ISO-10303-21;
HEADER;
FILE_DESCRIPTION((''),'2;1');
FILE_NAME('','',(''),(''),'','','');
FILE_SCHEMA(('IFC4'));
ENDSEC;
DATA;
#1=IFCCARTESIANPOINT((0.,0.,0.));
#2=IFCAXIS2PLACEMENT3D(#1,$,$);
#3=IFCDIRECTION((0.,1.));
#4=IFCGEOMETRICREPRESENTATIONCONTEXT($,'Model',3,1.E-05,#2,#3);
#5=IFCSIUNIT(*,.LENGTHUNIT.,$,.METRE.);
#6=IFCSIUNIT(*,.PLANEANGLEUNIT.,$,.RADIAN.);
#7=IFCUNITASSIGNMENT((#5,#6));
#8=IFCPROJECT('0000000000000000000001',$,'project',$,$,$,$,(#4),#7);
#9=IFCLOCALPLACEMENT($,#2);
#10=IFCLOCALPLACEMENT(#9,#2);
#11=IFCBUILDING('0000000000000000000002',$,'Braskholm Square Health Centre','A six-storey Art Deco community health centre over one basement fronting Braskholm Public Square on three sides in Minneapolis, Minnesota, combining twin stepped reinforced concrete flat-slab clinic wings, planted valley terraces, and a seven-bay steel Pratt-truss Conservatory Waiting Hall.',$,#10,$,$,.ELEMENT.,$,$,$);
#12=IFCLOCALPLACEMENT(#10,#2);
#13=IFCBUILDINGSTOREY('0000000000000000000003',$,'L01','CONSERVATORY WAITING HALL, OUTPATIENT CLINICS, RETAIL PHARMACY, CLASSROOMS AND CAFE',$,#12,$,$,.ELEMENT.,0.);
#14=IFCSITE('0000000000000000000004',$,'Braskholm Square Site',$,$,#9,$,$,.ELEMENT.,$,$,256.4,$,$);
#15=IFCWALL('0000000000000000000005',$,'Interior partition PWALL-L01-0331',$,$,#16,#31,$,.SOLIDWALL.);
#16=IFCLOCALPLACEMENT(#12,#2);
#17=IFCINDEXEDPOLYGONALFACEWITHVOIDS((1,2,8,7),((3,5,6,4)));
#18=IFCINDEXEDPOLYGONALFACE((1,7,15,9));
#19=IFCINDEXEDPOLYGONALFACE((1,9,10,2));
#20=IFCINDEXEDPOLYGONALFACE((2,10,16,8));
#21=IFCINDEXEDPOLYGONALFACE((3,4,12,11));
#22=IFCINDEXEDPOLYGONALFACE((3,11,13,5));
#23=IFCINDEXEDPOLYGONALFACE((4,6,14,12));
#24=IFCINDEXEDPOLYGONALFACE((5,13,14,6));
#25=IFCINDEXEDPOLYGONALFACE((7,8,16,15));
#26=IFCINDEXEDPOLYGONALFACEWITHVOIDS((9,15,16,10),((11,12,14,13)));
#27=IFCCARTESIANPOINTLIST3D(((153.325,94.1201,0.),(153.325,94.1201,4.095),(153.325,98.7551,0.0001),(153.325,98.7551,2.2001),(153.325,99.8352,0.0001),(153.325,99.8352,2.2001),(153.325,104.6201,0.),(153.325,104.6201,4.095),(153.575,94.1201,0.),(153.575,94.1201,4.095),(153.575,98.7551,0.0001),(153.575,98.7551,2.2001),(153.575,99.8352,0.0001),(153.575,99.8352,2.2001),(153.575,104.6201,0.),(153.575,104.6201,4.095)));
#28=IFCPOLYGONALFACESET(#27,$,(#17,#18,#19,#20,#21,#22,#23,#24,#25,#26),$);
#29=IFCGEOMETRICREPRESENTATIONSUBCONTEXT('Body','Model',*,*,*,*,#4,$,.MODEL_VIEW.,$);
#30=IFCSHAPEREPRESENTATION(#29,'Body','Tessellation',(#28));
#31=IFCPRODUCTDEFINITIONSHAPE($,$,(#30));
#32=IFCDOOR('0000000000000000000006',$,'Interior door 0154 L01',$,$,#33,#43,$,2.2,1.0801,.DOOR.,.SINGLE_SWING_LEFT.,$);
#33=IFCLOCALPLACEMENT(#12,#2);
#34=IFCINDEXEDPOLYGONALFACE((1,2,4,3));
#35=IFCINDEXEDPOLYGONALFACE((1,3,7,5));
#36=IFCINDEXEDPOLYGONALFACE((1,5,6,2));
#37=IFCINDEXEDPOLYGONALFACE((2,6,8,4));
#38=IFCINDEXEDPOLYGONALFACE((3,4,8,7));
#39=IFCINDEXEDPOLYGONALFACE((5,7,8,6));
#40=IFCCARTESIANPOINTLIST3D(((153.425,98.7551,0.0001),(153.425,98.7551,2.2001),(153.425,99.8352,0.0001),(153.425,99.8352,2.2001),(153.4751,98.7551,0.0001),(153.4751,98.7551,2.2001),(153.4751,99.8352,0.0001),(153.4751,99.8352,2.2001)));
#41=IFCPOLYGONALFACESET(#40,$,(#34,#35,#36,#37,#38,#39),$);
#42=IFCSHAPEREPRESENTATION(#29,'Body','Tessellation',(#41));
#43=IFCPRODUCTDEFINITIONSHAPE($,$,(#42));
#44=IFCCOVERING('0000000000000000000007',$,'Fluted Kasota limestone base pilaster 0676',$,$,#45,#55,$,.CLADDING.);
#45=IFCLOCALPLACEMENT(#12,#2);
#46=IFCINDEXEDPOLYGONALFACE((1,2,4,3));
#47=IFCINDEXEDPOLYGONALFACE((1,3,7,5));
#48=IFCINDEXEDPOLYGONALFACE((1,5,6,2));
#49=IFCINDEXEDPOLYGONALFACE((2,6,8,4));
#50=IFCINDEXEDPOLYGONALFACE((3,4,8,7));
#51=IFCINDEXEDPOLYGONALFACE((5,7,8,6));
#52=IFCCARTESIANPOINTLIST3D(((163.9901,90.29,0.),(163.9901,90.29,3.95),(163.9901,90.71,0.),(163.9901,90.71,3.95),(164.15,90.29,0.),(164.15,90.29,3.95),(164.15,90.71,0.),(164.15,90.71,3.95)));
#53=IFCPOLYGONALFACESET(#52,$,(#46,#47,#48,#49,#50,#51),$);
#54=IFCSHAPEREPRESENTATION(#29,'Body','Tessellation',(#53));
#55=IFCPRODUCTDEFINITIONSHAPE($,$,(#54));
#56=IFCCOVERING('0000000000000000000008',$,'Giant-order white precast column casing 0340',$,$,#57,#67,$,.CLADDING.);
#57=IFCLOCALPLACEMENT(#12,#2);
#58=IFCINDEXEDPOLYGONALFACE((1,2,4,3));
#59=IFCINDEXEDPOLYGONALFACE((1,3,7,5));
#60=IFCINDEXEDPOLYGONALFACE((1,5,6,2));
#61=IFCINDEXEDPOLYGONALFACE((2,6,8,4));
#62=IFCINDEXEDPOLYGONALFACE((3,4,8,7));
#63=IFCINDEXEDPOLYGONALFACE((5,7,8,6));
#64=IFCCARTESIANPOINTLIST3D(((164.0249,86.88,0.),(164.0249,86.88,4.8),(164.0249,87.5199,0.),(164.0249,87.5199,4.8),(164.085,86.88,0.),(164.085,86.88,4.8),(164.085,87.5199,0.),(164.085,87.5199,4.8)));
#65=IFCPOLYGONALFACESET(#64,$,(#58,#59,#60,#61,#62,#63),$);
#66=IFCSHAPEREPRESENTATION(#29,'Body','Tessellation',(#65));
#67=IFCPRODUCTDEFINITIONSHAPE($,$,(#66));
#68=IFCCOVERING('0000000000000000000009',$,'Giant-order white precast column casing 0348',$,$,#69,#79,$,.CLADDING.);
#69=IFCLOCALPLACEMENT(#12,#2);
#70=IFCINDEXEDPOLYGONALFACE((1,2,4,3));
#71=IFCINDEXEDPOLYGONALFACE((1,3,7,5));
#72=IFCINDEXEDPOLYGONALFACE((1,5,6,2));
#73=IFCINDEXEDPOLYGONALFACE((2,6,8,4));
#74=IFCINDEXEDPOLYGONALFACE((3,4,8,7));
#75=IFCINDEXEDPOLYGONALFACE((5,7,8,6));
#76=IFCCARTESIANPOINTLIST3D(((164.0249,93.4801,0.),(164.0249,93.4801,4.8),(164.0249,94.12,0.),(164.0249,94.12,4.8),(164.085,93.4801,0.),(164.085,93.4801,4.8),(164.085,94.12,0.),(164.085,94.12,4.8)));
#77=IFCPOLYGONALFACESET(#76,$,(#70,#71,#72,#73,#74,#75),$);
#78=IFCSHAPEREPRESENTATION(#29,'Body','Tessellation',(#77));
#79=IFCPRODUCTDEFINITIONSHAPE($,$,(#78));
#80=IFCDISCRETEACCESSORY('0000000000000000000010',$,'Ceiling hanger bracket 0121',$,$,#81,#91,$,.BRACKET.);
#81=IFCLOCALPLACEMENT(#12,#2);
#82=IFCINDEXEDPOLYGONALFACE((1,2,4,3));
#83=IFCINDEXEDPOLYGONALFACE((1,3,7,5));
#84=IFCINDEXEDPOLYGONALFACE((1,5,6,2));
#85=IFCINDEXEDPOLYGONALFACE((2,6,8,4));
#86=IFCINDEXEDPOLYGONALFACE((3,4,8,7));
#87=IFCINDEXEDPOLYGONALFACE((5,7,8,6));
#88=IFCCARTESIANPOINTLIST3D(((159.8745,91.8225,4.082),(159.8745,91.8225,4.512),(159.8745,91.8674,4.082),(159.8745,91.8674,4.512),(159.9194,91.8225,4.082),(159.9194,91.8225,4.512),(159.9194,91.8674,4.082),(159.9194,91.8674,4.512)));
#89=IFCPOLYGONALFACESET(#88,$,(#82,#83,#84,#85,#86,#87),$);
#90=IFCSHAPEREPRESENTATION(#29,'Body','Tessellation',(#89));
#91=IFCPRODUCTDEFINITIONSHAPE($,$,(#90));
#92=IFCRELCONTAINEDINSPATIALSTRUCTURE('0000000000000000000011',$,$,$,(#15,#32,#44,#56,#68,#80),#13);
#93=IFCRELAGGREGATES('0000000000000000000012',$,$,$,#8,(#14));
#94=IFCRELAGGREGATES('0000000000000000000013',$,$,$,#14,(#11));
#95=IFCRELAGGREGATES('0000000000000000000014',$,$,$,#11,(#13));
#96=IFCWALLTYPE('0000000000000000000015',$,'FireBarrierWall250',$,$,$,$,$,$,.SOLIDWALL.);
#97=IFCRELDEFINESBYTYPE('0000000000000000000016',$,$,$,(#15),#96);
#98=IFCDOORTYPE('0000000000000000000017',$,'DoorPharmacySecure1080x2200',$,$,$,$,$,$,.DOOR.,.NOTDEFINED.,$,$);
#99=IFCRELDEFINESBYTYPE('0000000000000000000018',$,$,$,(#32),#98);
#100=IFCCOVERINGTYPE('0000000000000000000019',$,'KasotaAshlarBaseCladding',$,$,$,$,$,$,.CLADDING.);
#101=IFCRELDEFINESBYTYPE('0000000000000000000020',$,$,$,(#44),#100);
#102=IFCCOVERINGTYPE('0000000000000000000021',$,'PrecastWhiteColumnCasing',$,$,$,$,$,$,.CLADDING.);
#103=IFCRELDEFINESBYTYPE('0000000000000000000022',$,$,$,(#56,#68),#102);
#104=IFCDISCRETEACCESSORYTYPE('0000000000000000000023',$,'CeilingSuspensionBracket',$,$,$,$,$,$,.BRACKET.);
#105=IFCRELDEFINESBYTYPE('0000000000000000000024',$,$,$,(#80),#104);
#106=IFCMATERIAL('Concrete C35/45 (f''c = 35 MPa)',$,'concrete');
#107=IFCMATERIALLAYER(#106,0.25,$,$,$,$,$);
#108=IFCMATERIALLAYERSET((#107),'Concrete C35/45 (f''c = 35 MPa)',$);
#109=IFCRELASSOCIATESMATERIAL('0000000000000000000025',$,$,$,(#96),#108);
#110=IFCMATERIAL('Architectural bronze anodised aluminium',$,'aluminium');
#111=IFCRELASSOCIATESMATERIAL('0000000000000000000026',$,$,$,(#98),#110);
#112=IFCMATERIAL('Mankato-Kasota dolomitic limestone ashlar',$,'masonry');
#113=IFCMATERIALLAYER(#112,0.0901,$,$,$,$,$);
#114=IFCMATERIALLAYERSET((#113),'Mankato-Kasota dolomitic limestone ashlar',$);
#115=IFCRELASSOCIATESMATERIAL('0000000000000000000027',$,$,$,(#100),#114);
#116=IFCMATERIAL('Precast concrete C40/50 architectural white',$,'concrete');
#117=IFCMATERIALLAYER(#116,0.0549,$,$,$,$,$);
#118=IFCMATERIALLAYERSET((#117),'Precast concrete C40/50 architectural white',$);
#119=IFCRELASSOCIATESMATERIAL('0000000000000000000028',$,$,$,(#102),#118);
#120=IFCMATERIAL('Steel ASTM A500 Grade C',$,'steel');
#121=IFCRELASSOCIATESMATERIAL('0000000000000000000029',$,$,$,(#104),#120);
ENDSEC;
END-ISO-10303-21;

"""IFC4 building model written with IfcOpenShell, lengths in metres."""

from ifc_helpers import new_model, si_unit, direction, frame, frame_2d, origin, origin_with_axes, origin_2d, place, context, subcontext, project, spatial, rectangle, extrude, material, layer, layer_set, type_object, element, fill, save


model = new_model("IFC4")

# Units and contexts
model_context = context("Model", 3, precision=1e-05, world=origin(), true_north=direction((0.0, 1.0)))
body_context = subcontext(model_context, "Body", "Model", "MODEL_VIEW")
ifc_project = project(units=[si_unit("LENGTHUNIT", "METRE"), si_unit("PLANEANGLEUNIT", "RADIAN")], contexts=[model_context])

# Site, building, storey
site_placement = place(None, origin())
site = spatial("IfcSite", under=ifc_project, at=site_placement, Name="Braskholm Square Site", CompositionType="ELEMENT", RefElevation=256.4)
building_placement = place(site_placement, origin())
building = spatial("IfcBuilding", under=site, at=building_placement, Name="Braskholm Square Health Centre", Description="A six-storey Art Deco community health centre over one basement fronting Braskholm Public Square on three sides in Minneapolis, Minnesota, combining twin stepped reinforced concrete flat-slab clinic wings, planted valley terraces, and a seven-bay steel Pratt-truss Conservatory Waiting Hall.", CompositionType="ELEMENT")
storey_placement = place(building_placement, origin())
storey = spatial("IfcBuildingStorey", under=building, at=storey_placement, Name="L01", Description="CONSERVATORY WAITING HALL, OUTPATIENT CLINICS, RETAIL PHARMACY, CLASSROOMS AND CAFE", CompositionType="ELEMENT", Elevation=0.0)

# Shared definitions
ifc_material_1 = material(Name="Precast concrete C40/50 architectural white", Category="concrete")

# Shared definitions
ifc_material_2 = material(Name="Architectural bronze anodised aluminium", Category="aluminium")

# Wall, opening, door
ifc_material_3 = material(Name="Mankato-Kasota dolomitic limestone ashlar", Category="masonry")
ifc_material_4 = material(Name="Concrete C35/45 (f'c = 35 MPa)", Category="concrete")
ifc_layer_1 = layer(ifc_material_4, 0.25)
ifc_layer_set_1 = layer_set([ifc_layer_1], Name="Concrete C35/45 (f'c = 35 MPa)")
wall_type_1 = type_object("IfcWallType", Name="FireBarrierWall250", PredefinedType="SOLIDWALL", material=ifc_layer_set_1)
wall_1_placement = place(storey_placement, frame((153.45, 94.1201, 0.0), z_axis=(0.0, 0.0, 1.0), x_axis=(0.0, 1.0, 0.0)))
wall_1 = element("IfcWall", 1, at=wall_1_placement, inside=storey, type_object=wall_type_1, Name="Interior partition PWALL-L01-0331", PredefinedType="SOLIDWALL", context=body_context, shape_type="SweptSolid", body=[
    extrude(rectangle(XDim=10.5, YDim=0.25, at=frame_2d((5.25, 0.0))), origin(), (0.0, 0.0, 1.0), 4.095),
])
opening_1_placement = place(wall_1_placement, frame((4.635, 0.0, 0.0)))
opening_1 = element("IfcOpeningElement", 2, at=opening_1_placement, cuts=wall_1, PredefinedType="OPENING", context=body_context, shape_type="SweptSolid", body=[
    extrude(rectangle(XDim=1.0801, YDim=2.2, at=frame_2d((0.54, 1.1001))), frame((0.0, 0.135, 0.0), z_axis=(0.0, -1.0, 0.0), x_axis=(1.0, 0.0, 0.0)), (0.0, 0.0, 1.0), 0.27),
])
door_type_1 = type_object("IfcDoorType", Name="DoorPharmacySecure1080x2200", OperationType="NOTDEFINED", PredefinedType="DOOR", material=ifc_material_2)
door_1_placement = place(opening_1_placement, origin_with_axes())
door_1 = element("IfcDoor", 3, at=door_1_placement, inside=storey, type_object=door_type_1, Name="Interior door 0154 L01", OperationType="SINGLE_SWING_LEFT", OverallHeight=2.2, OverallWidth=1.0801, PredefinedType="DOOR", context=body_context, shape_type="SweptSolid", body=[
    extrude(rectangle(XDim=1.0801, YDim=2.2, at=frame_2d((0.54, 1.1001))), frame((0.0, 0.0249, 0.0), z_axis=(0.0, -1.0, 0.0), x_axis=(1.0, 0.0, 0.0)), (0.0, 0.0, 1.0), 0.05),
])
fill(opening_1, door_1)

# Coverings
ifc_layer_2 = layer(ifc_material_3, 0.0901)
ifc_layer_set_2 = layer_set([ifc_layer_2], Name="Mankato-Kasota dolomitic limestone ashlar")
covering_type_1 = type_object("IfcCoveringType", Name="KasotaAshlarBaseCladding", PredefinedType="CLADDING", material=ifc_layer_set_2)
covering_placement = place(storey_placement, frame((164.0701, 90.5, 0.0), z_axis=(0.0, 0.0, 1.0), x_axis=(1.0, 0.0, 0.0)))
element("IfcCovering", 4, at=covering_placement, inside=storey, type_object=covering_type_1, Name="Fluted Kasota limestone base pilaster 0676", PredefinedType="CLADDING", context=body_context, shape_type="SweptSolid", body=[
    extrude(rectangle(XDim=0.1599, YDim=0.4199, at=origin_2d()), origin(), (0.0, 0.0, 1.0), 3.95),
])
ifc_layer_3 = layer(ifc_material_1, 0.0549)
ifc_layer_set_3 = layer_set([ifc_layer_3], Name="Precast concrete C40/50 architectural white")
covering_type_2 = type_object("IfcCoveringType", Name="PrecastWhiteColumnCasing", PredefinedType="CLADDING", material=ifc_layer_set_3)
for number, where, z_axis, x_axis, name in (
    (5, (164.0549, 87.2, 0.0), (0.0, 0.0, 1.0), (1.0, 0.0, 0.0), "Giant-order white precast column casing 0340"),
    (6, (164.0549, 93.8, 0.0), (0.0, 0.0, 1.0), (1.0, 0.0, 0.0), "Giant-order white precast column casing 0348"),
):
    element("IfcCovering", number, at=place(storey_placement, frame(where, z_axis=z_axis, x_axis=x_axis)), inside=storey, type_object=covering_type_2, Name=name, PredefinedType="CLADDING", context=body_context, shape_type="SweptSolid", body=[
        extrude(rectangle(XDim=0.0601, YDim=0.6399, at=origin_2d()), origin(), (0.0, 0.0, 1.0), 4.8),
    ])

# Discrete accessory
ifc_material_5 = material(Name="Steel ASTM A500 Grade C", Category="steel")
discrete_accessory_type = type_object("IfcDiscreteAccessoryType", Name="CeilingSuspensionBracket", PredefinedType="BRACKET", material=ifc_material_5)
discrete_accessory_placement = place(storey_placement, frame((159.897, 91.845, 4.082), z_axis=(0.0, 0.0, 1.0), x_axis=(1.0, 0.0, 0.0)))
element("IfcDiscreteAccessory", 7, at=discrete_accessory_placement, inside=storey, type_object=discrete_accessory_type, Name="Ceiling hanger bracket 0121", PredefinedType="BRACKET", context=body_context, shape_type="SweptSolid", body=[
    extrude(rectangle(XDim=0.0449, YDim=0.0449, at=origin_2d()), origin(), (0.0, 0.0, 1.0), 0.4299),
])

save(model, "model.ifc")
